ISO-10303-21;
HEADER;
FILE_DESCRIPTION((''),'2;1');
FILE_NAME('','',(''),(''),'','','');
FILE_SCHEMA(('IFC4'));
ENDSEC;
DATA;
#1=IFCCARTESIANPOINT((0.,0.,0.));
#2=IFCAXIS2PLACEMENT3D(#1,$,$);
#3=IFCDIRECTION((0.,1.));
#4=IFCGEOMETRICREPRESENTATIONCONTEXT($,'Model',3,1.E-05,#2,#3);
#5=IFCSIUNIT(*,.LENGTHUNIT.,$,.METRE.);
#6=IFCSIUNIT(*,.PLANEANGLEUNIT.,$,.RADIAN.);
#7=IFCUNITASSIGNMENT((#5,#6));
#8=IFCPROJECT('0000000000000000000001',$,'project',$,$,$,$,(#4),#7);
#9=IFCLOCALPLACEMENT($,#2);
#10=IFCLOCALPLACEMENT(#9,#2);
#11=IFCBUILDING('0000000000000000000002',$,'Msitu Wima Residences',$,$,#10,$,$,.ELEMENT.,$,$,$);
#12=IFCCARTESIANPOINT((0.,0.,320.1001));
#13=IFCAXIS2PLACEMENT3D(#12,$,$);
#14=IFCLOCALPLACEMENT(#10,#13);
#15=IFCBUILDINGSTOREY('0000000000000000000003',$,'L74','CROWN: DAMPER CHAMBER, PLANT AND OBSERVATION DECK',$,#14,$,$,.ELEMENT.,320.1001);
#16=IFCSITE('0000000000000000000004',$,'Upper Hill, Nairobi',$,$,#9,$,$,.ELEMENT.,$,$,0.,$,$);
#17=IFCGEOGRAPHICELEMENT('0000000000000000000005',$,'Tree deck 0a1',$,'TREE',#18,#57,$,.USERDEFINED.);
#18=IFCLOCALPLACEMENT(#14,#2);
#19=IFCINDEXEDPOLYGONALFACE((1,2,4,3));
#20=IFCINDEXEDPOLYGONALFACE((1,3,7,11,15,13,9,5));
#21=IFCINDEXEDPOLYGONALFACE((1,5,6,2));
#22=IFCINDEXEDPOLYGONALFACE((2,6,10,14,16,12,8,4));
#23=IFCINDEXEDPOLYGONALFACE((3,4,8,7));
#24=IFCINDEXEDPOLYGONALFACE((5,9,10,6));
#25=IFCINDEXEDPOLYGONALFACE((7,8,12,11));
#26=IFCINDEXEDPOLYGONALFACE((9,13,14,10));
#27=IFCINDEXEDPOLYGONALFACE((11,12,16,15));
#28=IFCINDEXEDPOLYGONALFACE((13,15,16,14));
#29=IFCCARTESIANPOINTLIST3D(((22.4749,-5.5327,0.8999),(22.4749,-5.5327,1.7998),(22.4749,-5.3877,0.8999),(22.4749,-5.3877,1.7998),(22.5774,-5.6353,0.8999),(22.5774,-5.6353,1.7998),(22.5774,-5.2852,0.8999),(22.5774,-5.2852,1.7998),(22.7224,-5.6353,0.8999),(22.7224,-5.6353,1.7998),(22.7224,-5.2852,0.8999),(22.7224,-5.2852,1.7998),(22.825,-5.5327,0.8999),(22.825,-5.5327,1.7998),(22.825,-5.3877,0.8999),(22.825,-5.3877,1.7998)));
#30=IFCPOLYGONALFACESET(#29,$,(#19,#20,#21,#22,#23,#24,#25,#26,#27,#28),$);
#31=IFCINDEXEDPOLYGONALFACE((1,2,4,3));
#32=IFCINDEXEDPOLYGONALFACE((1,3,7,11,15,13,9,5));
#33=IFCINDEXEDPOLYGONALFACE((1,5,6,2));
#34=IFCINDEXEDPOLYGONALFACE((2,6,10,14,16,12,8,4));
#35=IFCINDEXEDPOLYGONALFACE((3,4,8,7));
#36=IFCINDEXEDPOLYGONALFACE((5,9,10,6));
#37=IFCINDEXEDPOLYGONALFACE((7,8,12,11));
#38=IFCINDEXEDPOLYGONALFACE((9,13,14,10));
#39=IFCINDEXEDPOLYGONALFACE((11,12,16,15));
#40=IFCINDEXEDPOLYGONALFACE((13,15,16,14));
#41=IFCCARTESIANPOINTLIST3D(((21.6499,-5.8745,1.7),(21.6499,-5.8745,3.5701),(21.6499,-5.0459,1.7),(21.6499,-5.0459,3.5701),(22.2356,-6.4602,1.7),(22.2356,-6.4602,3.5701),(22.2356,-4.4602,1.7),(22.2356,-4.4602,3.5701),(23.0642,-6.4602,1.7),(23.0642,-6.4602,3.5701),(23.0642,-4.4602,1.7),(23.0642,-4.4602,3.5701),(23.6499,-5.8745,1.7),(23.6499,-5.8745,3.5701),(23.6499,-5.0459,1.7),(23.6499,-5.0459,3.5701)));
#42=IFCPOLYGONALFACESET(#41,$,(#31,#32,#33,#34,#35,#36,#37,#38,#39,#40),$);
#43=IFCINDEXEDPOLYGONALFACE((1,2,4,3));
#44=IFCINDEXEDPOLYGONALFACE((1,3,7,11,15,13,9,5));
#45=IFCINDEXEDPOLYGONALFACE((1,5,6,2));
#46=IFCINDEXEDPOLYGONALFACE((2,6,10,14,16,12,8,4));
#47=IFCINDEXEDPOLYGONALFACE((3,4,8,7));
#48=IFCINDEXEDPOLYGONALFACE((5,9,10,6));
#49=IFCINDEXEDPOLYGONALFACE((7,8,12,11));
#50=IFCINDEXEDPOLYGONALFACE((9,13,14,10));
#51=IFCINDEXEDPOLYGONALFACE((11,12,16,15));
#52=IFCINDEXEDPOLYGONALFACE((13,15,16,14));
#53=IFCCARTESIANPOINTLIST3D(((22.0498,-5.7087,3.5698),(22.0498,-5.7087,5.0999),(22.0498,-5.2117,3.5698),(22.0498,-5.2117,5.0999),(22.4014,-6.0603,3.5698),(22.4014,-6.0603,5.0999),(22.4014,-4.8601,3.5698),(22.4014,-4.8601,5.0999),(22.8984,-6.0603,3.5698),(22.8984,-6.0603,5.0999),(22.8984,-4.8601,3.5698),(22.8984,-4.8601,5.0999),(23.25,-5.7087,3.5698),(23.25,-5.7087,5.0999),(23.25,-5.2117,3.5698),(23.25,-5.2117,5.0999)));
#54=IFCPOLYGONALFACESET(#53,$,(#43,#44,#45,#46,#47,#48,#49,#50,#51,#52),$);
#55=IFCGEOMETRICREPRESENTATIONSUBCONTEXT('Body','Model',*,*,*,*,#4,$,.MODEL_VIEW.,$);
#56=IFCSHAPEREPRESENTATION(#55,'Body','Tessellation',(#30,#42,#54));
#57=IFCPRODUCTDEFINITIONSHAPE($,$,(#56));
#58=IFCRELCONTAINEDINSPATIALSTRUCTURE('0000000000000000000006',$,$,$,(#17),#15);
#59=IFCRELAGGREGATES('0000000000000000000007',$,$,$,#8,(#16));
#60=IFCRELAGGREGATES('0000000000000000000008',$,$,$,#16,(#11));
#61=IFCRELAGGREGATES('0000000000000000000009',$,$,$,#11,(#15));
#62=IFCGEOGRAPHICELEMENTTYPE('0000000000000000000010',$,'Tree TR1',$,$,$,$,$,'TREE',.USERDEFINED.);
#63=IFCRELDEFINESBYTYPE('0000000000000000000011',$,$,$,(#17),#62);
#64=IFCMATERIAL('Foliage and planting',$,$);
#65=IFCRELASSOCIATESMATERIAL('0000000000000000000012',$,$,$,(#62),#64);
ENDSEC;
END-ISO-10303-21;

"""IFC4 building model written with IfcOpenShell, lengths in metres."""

from ifc_helpers import new_model, si_unit, direction, frame, origin, place, context, subcontext, project, spatial, polyline, outline, extrude, material, type_object, element, save


model = new_model("IFC4")

# Units and contexts
model_context = context("Model", 3, precision=1e-05, world=origin(), true_north=direction((0.0, 1.0)))
body_context = subcontext(model_context, "Body", "Model", "MODEL_VIEW")
ifc_project = project(units=[si_unit("LENGTHUNIT", "METRE"), si_unit("PLANEANGLEUNIT", "RADIAN")], contexts=[model_context])

# Site, building, storey
site_placement = place(None, origin())
site = spatial("IfcSite", under=ifc_project, at=site_placement, Name="Upper Hill, Nairobi", CompositionType="ELEMENT", RefElevation=0.0)
building_placement = place(site_placement, origin())
building = spatial("IfcBuilding", under=site, at=building_placement, Name="Msitu Wima Residences", CompositionType="ELEMENT")
storey_placement = place(building_placement, frame((0.0, 0.0, 320.1001)))
storey = spatial("IfcBuildingStorey", under=building, at=storey_placement, Name="L74", Description="CROWN: DAMPER CHAMBER, PLANT AND OBSERVATION DECK", CompositionType="ELEMENT", Elevation=320.1001)

# Geographic element
ifc_material_1 = material(Name="Foliage and planting")
geographic_element_type = type_object("IfcGeographicElementType", Name="Tree TR1", ElementType="TREE", PredefinedType="USERDEFINED", material=ifc_material_1)
geographic_element_placement = place(storey_placement, frame((22.6499, -5.4602, 0.8999), z_axis=(0.0, 0.0, 1.0), x_axis=(1.0, 0.0, 0.0)))
element("IfcGeographicElement", 1, at=geographic_element_placement, inside=storey, type_object=geographic_element_type, Name="Tree deck 0a1", ObjectType="TREE", PredefinedType="USERDEFINED", context=body_context, shape_type="SweptSolid", body=[
    extrude(outline(polyline([(0.175, 0.0725), (0.0725, 0.175), (-0.0725, 0.175), (-0.175, 0.0725), (-0.175, -0.0725), (-0.0725, -0.175), (0.0725, -0.175), (0.175, -0.0725), (0.175, 0.0725)])), origin(), (0.0, 0.0, 1.0), 0.8999),
    extrude(outline(polyline([(1.0, 0.4143), (0.4143, 1.0), (-0.4143, 1.0), (-1.0, 0.4143), (-1.0, -0.4143), (-0.4143, -1.0), (0.4143, -1.0), (1.0, -0.4143), (1.0, 0.4143)])), frame((0.0, 0.0, 0.8)), (0.0, 0.0, 1.0), 1.8701),
    extrude(outline(polyline([(0.6001, 0.2485), (0.2485, 0.6001), (-0.2485, 0.6001), (-0.6001, 0.2485), (-0.6001, -0.2485), (-0.2485, -0.6001), (0.2485, -0.6001), (0.6001, -0.2485), (0.6001, 0.2485)])), frame((0.0, 0.0, 2.6699)), (0.0, 0.0, 1.0), 1.53),
])

save(model, "model.ifc")
